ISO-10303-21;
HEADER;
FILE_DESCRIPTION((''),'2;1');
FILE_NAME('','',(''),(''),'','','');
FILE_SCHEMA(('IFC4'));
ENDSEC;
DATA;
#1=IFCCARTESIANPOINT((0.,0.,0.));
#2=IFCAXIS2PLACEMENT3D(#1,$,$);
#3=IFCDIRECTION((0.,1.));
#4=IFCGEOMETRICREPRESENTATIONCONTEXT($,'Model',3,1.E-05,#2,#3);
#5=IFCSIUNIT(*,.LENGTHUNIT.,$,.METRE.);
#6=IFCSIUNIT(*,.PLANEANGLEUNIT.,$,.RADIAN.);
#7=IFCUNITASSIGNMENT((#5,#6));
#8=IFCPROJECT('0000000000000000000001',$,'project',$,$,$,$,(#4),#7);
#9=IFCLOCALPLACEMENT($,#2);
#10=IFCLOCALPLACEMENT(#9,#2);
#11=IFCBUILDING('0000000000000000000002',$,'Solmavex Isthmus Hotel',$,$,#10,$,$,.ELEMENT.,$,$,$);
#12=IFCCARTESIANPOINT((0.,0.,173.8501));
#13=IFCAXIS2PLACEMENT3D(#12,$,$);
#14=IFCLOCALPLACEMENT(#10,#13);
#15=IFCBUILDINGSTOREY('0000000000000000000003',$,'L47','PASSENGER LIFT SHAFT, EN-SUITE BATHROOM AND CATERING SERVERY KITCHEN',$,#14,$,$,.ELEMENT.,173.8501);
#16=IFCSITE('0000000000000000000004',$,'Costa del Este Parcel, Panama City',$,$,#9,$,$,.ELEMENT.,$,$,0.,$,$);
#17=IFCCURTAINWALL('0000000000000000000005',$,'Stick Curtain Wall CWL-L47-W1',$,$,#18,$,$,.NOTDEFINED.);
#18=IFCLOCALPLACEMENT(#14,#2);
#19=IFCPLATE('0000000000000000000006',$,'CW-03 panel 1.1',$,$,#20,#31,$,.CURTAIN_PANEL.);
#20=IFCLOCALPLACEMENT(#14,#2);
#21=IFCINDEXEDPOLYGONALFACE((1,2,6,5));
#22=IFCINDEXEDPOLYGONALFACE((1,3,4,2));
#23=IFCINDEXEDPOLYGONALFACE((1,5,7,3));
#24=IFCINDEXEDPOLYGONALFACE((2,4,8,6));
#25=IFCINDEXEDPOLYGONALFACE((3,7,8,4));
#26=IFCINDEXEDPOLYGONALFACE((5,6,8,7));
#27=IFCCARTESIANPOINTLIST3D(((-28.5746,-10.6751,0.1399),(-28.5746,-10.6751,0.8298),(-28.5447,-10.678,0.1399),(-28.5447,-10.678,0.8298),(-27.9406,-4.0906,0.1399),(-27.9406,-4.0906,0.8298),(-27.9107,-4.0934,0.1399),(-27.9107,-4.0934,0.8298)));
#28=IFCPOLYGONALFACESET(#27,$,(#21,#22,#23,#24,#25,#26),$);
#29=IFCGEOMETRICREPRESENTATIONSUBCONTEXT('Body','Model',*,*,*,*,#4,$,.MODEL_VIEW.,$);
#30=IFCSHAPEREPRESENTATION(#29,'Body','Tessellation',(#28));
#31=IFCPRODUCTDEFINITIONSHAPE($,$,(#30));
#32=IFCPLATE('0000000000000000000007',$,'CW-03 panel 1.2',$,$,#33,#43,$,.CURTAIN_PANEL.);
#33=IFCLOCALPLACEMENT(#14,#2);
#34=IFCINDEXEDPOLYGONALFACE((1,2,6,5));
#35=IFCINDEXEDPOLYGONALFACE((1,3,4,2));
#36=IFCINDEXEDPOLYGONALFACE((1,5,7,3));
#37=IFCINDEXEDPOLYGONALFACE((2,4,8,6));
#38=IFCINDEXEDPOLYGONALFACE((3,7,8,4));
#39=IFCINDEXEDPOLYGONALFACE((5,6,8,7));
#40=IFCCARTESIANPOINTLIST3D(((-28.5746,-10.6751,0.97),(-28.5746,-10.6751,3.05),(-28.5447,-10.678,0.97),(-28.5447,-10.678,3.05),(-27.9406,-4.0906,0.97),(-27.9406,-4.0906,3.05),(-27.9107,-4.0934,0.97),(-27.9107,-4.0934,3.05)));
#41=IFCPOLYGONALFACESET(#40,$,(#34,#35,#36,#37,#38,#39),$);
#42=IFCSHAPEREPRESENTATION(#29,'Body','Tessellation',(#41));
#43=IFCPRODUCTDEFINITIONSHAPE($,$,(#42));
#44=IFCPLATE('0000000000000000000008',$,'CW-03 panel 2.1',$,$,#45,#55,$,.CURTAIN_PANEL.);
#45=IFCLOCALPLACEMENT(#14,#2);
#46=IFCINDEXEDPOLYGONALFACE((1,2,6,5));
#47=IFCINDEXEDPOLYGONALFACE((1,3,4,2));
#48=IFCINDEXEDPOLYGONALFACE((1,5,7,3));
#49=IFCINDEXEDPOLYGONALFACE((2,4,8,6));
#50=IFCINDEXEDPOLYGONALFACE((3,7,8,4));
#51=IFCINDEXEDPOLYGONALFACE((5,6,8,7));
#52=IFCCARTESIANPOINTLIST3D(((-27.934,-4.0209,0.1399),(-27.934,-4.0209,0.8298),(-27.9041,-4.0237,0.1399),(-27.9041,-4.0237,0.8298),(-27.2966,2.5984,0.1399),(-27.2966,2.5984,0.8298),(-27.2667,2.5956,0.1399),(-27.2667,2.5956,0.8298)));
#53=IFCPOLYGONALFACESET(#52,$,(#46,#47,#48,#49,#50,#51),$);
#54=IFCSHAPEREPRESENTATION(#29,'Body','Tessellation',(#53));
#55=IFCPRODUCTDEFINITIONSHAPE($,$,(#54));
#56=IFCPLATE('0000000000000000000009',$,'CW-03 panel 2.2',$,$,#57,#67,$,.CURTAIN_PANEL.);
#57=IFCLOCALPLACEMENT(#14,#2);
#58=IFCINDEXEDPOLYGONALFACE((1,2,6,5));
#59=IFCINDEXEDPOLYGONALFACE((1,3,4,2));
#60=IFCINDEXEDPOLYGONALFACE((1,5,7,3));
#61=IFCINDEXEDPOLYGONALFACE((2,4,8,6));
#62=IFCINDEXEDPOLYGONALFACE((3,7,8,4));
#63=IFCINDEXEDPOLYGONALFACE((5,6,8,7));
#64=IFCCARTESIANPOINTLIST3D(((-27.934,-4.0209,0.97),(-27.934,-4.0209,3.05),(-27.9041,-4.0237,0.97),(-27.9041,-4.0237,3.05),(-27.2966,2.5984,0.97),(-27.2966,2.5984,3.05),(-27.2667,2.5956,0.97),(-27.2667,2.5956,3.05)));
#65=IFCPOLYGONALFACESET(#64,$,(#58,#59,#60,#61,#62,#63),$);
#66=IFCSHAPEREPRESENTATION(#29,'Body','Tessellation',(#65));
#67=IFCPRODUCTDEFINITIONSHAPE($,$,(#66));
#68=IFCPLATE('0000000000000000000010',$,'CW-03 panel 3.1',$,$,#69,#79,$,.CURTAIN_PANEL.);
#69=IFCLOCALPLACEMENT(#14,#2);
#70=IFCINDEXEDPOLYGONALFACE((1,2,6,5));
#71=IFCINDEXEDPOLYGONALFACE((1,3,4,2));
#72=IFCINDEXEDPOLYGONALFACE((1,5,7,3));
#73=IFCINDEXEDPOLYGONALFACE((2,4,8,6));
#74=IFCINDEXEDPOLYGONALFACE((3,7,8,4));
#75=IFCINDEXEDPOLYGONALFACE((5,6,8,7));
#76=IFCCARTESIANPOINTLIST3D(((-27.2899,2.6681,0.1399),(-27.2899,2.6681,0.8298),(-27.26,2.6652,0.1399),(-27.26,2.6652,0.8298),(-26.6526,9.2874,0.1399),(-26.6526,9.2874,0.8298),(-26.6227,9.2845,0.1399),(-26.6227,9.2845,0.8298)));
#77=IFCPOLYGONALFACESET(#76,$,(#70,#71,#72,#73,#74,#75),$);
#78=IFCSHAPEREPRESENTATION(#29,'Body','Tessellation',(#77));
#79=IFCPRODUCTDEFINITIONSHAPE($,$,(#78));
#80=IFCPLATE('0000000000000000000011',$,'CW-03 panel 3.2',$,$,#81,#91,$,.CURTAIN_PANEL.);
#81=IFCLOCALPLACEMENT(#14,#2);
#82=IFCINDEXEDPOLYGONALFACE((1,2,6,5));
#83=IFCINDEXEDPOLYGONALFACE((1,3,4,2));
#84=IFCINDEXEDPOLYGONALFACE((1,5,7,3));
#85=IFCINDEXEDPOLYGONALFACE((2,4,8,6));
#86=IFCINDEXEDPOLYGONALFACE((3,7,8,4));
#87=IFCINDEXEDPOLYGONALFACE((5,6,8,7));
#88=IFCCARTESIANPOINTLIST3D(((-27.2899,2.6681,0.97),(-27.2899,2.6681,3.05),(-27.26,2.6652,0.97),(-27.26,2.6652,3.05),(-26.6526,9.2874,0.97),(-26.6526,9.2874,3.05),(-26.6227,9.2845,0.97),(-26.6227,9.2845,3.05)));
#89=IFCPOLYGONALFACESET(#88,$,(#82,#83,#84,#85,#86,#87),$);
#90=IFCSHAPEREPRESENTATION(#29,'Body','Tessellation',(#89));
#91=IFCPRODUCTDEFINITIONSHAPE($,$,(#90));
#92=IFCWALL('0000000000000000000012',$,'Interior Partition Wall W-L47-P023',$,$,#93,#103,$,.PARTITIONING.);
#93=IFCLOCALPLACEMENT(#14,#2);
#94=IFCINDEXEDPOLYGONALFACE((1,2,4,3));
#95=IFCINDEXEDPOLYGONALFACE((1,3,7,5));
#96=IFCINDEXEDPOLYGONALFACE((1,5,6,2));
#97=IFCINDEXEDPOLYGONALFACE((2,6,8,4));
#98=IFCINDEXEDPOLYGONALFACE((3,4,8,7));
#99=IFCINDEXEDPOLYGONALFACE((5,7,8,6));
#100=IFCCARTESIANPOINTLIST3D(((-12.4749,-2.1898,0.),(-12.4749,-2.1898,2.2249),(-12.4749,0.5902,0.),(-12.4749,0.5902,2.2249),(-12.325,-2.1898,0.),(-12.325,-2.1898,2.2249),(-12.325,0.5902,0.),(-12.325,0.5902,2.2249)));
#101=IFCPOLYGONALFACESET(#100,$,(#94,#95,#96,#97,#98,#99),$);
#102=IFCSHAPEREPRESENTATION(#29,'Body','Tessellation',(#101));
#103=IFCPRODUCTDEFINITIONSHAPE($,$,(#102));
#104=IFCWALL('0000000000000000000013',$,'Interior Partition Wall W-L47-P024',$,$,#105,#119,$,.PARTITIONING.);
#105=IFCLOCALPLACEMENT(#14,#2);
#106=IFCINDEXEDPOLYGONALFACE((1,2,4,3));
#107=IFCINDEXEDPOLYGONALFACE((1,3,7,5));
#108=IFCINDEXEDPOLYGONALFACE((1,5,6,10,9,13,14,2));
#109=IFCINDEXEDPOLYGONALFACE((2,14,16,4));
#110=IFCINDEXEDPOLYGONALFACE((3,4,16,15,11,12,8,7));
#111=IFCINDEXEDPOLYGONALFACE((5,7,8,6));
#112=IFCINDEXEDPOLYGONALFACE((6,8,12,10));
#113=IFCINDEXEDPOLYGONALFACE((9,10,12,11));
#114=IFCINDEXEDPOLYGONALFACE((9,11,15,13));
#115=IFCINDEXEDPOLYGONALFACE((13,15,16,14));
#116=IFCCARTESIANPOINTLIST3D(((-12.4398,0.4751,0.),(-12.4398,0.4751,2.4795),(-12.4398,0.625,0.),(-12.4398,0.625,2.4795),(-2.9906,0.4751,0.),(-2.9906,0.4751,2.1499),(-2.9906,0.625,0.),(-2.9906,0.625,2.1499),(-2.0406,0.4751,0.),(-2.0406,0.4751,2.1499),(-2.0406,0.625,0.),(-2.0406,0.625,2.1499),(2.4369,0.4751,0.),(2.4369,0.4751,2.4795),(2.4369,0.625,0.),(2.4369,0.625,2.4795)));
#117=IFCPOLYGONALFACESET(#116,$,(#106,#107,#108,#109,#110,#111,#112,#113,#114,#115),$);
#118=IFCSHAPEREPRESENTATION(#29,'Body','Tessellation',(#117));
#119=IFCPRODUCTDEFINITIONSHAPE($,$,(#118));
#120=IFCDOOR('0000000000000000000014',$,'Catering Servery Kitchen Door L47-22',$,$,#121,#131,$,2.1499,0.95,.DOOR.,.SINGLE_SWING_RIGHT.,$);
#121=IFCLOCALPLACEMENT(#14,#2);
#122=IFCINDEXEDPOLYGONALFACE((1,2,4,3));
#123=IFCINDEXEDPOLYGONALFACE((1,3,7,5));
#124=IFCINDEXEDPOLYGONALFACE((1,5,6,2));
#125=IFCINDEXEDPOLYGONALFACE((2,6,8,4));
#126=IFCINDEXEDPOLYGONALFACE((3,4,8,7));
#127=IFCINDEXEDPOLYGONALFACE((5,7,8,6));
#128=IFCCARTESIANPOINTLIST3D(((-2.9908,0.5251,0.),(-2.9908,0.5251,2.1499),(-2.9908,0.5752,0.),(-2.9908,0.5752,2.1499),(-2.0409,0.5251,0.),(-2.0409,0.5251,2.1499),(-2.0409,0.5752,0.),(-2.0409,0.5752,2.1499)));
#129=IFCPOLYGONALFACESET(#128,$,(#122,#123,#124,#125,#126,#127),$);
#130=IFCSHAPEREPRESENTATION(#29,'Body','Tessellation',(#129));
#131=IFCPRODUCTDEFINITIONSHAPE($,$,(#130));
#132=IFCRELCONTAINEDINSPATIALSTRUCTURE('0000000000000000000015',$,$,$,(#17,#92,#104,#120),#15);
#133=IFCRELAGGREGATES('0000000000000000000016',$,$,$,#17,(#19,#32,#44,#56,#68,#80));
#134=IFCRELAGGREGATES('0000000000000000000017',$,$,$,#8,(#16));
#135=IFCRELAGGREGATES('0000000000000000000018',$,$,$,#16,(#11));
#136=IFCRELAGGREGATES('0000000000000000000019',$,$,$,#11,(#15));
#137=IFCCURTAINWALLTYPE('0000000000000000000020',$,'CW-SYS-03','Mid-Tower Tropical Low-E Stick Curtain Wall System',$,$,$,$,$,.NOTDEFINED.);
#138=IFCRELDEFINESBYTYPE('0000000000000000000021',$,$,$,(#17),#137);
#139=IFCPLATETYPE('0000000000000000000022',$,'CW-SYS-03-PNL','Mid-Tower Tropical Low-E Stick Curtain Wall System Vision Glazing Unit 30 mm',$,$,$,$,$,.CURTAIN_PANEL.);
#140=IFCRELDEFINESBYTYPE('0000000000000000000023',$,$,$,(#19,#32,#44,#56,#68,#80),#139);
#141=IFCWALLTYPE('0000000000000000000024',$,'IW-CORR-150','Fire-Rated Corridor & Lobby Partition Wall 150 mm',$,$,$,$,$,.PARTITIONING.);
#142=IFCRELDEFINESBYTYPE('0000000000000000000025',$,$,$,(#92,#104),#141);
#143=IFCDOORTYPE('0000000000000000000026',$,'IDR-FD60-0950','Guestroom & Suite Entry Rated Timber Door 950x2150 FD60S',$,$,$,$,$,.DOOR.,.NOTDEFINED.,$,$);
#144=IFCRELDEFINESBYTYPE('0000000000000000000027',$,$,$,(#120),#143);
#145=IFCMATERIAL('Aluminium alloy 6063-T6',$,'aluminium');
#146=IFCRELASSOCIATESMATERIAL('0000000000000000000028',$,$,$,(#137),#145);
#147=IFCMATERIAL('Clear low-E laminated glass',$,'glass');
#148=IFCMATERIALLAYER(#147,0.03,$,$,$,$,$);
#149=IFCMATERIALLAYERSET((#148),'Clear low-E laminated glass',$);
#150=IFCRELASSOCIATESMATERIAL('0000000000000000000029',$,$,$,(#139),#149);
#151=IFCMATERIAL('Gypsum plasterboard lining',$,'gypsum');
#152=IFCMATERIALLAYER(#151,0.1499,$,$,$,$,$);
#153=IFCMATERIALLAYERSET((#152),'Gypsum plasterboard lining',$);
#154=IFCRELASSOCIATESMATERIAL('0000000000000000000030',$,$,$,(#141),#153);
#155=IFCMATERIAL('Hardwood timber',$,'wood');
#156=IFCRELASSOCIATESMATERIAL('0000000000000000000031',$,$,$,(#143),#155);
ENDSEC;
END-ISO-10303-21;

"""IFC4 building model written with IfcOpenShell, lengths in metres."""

from ifc_helpers import new_model, si_unit, direction, frame, frame_2d, origin, origin_2d, place, context, subcontext, project, spatial, rectangle, extrude, material, layer, layer_set, type_object, element, fill, aggregate, save


model = new_model("IFC4")

# Units and contexts
model_context = context("Model", 3, precision=1e-05, world=origin(), true_north=direction((0.0, 1.0)))
body_context = subcontext(model_context, "Body", "Model", "MODEL_VIEW")
ifc_project = project(units=[si_unit("LENGTHUNIT", "METRE"), si_unit("PLANEANGLEUNIT", "RADIAN")], contexts=[model_context])

# Site, building, storey
site_placement = place(None, origin())
site = spatial("IfcSite", under=ifc_project, at=site_placement, Name="Costa del Este Parcel, Panama City", CompositionType="ELEMENT", RefElevation=0.0)
building_placement = place(site_placement, origin())
building = spatial("IfcBuilding", under=site, at=building_placement, Name="Solmavex Isthmus Hotel", CompositionType="ELEMENT")
storey_placement = place(building_placement, frame((0.0, 0.0, 173.8501)))
storey = spatial("IfcBuildingStorey", under=building, at=storey_placement, Name="L47", Description="PASSENGER LIFT SHAFT, EN-SUITE BATHROOM AND CATERING SERVERY KITCHEN", CompositionType="ELEMENT", Elevation=173.8501)

# Curtain wall, plates
ifc_material_1 = material(Name="Aluminium alloy 6063-T6", Category="aluminium")
curtain_wall_type = type_object("IfcCurtainWallType", Name="CW-SYS-03", Description="Mid-Tower Tropical Low-E Stick Curtain Wall System", PredefinedType="NOTDEFINED", material=ifc_material_1)
curtain_wall_placement = place(storey_placement, origin())
curtain_wall = element("IfcCurtainWall", 1, at=curtain_wall_placement, inside=storey, type_object=curtain_wall_type, Name="Stick Curtain Wall CWL-L47-W1", PredefinedType="NOTDEFINED")
ifc_material_2 = material(Name="Clear low-E laminated glass", Category="glass")
ifc_layer_1 = layer(ifc_material_2, 0.03)
ifc_layer_set_1 = layer_set([ifc_layer_1], Name="Clear low-E laminated glass")
plate_type = type_object("IfcPlateType", Name="CW-SYS-03-PNL", Description="Mid-Tower Tropical Low-E Stick Curtain Wall System Vision Glazing Unit 30 mm", PredefinedType="CURTAIN_PANEL", material=ifc_layer_set_1)
plate_1_placement = place(storey_placement, frame((-28.2427, -7.3843, 0.1399), z_axis=(0.0, 0.0, 1.0), x_axis=(0.095846, 0.995396, 0.0)))
plate_1 = element("IfcPlate", 2, at=plate_1_placement, type_object=plate_type, Name="CW-03 panel 1.1", PredefinedType="CURTAIN_PANEL", context=body_context, shape_type="SweptSolid", body=[
    extrude(rectangle(XDim=6.615, YDim=0.03, at=origin_2d()), origin(), (0.0, 0.0, 1.0), 0.6899),
])
plate_2_placement = place(storey_placement, frame((-28.2427, -7.3843, 0.97), z_axis=(0.0, 0.0, 1.0), x_axis=(0.095846, 0.995396, 0.0)))
plate_2 = element("IfcPlate", 3, at=plate_2_placement, type_object=plate_type, Name="CW-03 panel 1.2", PredefinedType="CURTAIN_PANEL", context=body_context, shape_type="SweptSolid", body=[
    extrude(rectangle(XDim=6.615, YDim=0.03, at=origin_2d()), origin(), (0.0, 0.0, 1.0), 2.0801),
])
plate_3_placement = place(storey_placement, frame((-27.6003, -0.7126, 0.1399), z_axis=(0.0, 0.0, 1.0), x_axis=(0.095846, 0.995396, 0.0)))
plate_3 = element("IfcPlate", 4, at=plate_3_placement, type_object=plate_type, Name="CW-03 panel 2.1", PredefinedType="CURTAIN_PANEL", context=body_context, shape_type="SweptSolid", body=[
    extrude(rectangle(XDim=6.6499, YDim=0.03, at=origin_2d()), origin(), (0.0, 0.0, 1.0), 0.6899),
])
plate_4_placement = place(storey_placement, frame((-27.6003, -0.7126, 0.97), z_axis=(0.0, 0.0, 1.0), x_axis=(0.095846, 0.995396, 0.0)))
plate_4 = element("IfcPlate", 5, at=plate_4_placement, type_object=plate_type, Name="CW-03 panel 2.2", PredefinedType="CURTAIN_PANEL", context=body_context, shape_type="SweptSolid", body=[
    extrude(rectangle(XDim=6.6499, YDim=0.03, at=origin_2d()), origin(), (0.0, 0.0, 1.0), 2.0801),
])
plate_5_placement = place(storey_placement, frame((-26.9563, 5.9763, 0.1399), z_axis=(0.0, 0.0, 1.0), x_axis=(0.095846, 0.995396, 0.0)))
plate_5 = element("IfcPlate", 6, at=plate_5_placement, type_object=plate_type, Name="CW-03 panel 3.1", PredefinedType="CURTAIN_PANEL", context=body_context, shape_type="SweptSolid", body=[
    extrude(rectangle(XDim=6.6499, YDim=0.03, at=origin_2d()), origin(), (0.0, 0.0, 1.0), 0.6899),
])
plate_6_placement = place(storey_placement, frame((-26.9563, 5.9763, 0.97), z_axis=(0.0, 0.0, 1.0), x_axis=(0.095846, 0.995396, 0.0)))
plate_6 = element("IfcPlate", 7, at=plate_6_placement, type_object=plate_type, Name="CW-03 panel 3.2", PredefinedType="CURTAIN_PANEL", context=body_context, shape_type="SweptSolid", body=[
    extrude(rectangle(XDim=6.6499, YDim=0.03, at=origin_2d()), origin(), (0.0, 0.0, 1.0), 2.0801),
])
aggregate(curtain_wall, [plate_1, plate_2, plate_3, plate_4, plate_5, plate_6])

# Wall
ifc_material_3 = material(Name="Gypsum plasterboard lining", Category="gypsum")
ifc_layer_2 = layer(ifc_material_3, 0.1499)
ifc_layer_set_2 = layer_set([ifc_layer_2], Name="Gypsum plasterboard lining")
wall_type_1 = type_object("IfcWallType", Name="IW-CORR-150", Description="Fire-Rated Corridor & Lobby Partition Wall 150 mm", PredefinedType="PARTITIONING", material=ifc_layer_set_2)
wall_1_placement = place(storey_placement, frame((-12.3999, -2.1899, 0.0), z_axis=(0.0, 0.0, 1.0), x_axis=(0.0, 1.0, 0.0)))
element("IfcWall", 8, at=wall_1_placement, inside=storey, type_object=wall_type_1, Name="Interior Partition Wall W-L47-P023", PredefinedType="PARTITIONING", context=body_context, shape_type="SweptSolid", body=[
    extrude(rectangle(XDim=2.78, YDim=0.1499, at=frame_2d((1.3901, 0.0))), origin(), (0.0, 0.0, 1.0), 2.2249),
])

# Wall, opening, door
wall_2_placement = place(storey_placement, frame((-12.4399, 0.55, 0.0), z_axis=(0.0, 0.0, 1.0), x_axis=(1.0, 0.0, 0.0)))
wall_2 = element("IfcWall", 9, at=wall_2_placement, inside=storey, type_object=wall_type_1, Name="Interior Partition Wall W-L47-P024", PredefinedType="PARTITIONING", context=body_context, shape_type="SweptSolid", body=[
    extrude(rectangle(XDim=14.8767, YDim=0.1499, at=frame_2d((7.4385, 0.0))), origin(), (0.0, 0.0, 1.0), 2.4795),
])
opening_1_placement = place(wall_2_placement, frame((9.4492, 0.0, 0.0)))
opening_1 = element("IfcOpeningElement", 10, at=opening_1_placement, cuts=wall_2, PredefinedType="OPENING", context=body_context, shape_type="SweptSolid", body=[
    extrude(rectangle(XDim=0.95, YDim=2.1499, at=frame_2d((0.4751, 1.075))), frame((0.0, 0.085, 0.0), z_axis=(0.0, -1.0, 0.0), x_axis=(1.0, 0.0, 0.0)), (0.0, 0.0, 1.0), 0.1699),
])
ifc_material_4 = material(Name="Hardwood timber", Category="wood")
door_type_1 = type_object("IfcDoorType", Name="IDR-FD60-0950", Description="Guestroom & Suite Entry Rated Timber Door 950x2150 FD60S", OperationType="NOTDEFINED", PredefinedType="DOOR", material=ifc_material_4)
door_1_placement = place(opening_1_placement, frame((0.95, 0.0, 0.0), z_axis=(0.0, 0.0, 1.0), x_axis=(-1.0, 0.0, 0.0)))
door_1 = element("IfcDoor", 11, at=door_1_placement, inside=storey, type_object=door_type_1, Name="Catering Servery Kitchen Door L47-22", OperationType="SINGLE_SWING_RIGHT", OverallHeight=2.1499, OverallWidth=0.95, PredefinedType="DOOR", context=body_context, shape_type="SweptSolid", body=[
    extrude(rectangle(XDim=0.95, YDim=2.1499, at=frame_2d((0.4751, 1.075))), frame((0.0, 0.0249, 0.0), z_axis=(0.0, -1.0, 0.0), x_axis=(1.0, 0.0, 0.0)), (0.0, 0.0, 1.0), 0.05),
])
fill(opening_1, door_1)

save(model, "model.ifc")
